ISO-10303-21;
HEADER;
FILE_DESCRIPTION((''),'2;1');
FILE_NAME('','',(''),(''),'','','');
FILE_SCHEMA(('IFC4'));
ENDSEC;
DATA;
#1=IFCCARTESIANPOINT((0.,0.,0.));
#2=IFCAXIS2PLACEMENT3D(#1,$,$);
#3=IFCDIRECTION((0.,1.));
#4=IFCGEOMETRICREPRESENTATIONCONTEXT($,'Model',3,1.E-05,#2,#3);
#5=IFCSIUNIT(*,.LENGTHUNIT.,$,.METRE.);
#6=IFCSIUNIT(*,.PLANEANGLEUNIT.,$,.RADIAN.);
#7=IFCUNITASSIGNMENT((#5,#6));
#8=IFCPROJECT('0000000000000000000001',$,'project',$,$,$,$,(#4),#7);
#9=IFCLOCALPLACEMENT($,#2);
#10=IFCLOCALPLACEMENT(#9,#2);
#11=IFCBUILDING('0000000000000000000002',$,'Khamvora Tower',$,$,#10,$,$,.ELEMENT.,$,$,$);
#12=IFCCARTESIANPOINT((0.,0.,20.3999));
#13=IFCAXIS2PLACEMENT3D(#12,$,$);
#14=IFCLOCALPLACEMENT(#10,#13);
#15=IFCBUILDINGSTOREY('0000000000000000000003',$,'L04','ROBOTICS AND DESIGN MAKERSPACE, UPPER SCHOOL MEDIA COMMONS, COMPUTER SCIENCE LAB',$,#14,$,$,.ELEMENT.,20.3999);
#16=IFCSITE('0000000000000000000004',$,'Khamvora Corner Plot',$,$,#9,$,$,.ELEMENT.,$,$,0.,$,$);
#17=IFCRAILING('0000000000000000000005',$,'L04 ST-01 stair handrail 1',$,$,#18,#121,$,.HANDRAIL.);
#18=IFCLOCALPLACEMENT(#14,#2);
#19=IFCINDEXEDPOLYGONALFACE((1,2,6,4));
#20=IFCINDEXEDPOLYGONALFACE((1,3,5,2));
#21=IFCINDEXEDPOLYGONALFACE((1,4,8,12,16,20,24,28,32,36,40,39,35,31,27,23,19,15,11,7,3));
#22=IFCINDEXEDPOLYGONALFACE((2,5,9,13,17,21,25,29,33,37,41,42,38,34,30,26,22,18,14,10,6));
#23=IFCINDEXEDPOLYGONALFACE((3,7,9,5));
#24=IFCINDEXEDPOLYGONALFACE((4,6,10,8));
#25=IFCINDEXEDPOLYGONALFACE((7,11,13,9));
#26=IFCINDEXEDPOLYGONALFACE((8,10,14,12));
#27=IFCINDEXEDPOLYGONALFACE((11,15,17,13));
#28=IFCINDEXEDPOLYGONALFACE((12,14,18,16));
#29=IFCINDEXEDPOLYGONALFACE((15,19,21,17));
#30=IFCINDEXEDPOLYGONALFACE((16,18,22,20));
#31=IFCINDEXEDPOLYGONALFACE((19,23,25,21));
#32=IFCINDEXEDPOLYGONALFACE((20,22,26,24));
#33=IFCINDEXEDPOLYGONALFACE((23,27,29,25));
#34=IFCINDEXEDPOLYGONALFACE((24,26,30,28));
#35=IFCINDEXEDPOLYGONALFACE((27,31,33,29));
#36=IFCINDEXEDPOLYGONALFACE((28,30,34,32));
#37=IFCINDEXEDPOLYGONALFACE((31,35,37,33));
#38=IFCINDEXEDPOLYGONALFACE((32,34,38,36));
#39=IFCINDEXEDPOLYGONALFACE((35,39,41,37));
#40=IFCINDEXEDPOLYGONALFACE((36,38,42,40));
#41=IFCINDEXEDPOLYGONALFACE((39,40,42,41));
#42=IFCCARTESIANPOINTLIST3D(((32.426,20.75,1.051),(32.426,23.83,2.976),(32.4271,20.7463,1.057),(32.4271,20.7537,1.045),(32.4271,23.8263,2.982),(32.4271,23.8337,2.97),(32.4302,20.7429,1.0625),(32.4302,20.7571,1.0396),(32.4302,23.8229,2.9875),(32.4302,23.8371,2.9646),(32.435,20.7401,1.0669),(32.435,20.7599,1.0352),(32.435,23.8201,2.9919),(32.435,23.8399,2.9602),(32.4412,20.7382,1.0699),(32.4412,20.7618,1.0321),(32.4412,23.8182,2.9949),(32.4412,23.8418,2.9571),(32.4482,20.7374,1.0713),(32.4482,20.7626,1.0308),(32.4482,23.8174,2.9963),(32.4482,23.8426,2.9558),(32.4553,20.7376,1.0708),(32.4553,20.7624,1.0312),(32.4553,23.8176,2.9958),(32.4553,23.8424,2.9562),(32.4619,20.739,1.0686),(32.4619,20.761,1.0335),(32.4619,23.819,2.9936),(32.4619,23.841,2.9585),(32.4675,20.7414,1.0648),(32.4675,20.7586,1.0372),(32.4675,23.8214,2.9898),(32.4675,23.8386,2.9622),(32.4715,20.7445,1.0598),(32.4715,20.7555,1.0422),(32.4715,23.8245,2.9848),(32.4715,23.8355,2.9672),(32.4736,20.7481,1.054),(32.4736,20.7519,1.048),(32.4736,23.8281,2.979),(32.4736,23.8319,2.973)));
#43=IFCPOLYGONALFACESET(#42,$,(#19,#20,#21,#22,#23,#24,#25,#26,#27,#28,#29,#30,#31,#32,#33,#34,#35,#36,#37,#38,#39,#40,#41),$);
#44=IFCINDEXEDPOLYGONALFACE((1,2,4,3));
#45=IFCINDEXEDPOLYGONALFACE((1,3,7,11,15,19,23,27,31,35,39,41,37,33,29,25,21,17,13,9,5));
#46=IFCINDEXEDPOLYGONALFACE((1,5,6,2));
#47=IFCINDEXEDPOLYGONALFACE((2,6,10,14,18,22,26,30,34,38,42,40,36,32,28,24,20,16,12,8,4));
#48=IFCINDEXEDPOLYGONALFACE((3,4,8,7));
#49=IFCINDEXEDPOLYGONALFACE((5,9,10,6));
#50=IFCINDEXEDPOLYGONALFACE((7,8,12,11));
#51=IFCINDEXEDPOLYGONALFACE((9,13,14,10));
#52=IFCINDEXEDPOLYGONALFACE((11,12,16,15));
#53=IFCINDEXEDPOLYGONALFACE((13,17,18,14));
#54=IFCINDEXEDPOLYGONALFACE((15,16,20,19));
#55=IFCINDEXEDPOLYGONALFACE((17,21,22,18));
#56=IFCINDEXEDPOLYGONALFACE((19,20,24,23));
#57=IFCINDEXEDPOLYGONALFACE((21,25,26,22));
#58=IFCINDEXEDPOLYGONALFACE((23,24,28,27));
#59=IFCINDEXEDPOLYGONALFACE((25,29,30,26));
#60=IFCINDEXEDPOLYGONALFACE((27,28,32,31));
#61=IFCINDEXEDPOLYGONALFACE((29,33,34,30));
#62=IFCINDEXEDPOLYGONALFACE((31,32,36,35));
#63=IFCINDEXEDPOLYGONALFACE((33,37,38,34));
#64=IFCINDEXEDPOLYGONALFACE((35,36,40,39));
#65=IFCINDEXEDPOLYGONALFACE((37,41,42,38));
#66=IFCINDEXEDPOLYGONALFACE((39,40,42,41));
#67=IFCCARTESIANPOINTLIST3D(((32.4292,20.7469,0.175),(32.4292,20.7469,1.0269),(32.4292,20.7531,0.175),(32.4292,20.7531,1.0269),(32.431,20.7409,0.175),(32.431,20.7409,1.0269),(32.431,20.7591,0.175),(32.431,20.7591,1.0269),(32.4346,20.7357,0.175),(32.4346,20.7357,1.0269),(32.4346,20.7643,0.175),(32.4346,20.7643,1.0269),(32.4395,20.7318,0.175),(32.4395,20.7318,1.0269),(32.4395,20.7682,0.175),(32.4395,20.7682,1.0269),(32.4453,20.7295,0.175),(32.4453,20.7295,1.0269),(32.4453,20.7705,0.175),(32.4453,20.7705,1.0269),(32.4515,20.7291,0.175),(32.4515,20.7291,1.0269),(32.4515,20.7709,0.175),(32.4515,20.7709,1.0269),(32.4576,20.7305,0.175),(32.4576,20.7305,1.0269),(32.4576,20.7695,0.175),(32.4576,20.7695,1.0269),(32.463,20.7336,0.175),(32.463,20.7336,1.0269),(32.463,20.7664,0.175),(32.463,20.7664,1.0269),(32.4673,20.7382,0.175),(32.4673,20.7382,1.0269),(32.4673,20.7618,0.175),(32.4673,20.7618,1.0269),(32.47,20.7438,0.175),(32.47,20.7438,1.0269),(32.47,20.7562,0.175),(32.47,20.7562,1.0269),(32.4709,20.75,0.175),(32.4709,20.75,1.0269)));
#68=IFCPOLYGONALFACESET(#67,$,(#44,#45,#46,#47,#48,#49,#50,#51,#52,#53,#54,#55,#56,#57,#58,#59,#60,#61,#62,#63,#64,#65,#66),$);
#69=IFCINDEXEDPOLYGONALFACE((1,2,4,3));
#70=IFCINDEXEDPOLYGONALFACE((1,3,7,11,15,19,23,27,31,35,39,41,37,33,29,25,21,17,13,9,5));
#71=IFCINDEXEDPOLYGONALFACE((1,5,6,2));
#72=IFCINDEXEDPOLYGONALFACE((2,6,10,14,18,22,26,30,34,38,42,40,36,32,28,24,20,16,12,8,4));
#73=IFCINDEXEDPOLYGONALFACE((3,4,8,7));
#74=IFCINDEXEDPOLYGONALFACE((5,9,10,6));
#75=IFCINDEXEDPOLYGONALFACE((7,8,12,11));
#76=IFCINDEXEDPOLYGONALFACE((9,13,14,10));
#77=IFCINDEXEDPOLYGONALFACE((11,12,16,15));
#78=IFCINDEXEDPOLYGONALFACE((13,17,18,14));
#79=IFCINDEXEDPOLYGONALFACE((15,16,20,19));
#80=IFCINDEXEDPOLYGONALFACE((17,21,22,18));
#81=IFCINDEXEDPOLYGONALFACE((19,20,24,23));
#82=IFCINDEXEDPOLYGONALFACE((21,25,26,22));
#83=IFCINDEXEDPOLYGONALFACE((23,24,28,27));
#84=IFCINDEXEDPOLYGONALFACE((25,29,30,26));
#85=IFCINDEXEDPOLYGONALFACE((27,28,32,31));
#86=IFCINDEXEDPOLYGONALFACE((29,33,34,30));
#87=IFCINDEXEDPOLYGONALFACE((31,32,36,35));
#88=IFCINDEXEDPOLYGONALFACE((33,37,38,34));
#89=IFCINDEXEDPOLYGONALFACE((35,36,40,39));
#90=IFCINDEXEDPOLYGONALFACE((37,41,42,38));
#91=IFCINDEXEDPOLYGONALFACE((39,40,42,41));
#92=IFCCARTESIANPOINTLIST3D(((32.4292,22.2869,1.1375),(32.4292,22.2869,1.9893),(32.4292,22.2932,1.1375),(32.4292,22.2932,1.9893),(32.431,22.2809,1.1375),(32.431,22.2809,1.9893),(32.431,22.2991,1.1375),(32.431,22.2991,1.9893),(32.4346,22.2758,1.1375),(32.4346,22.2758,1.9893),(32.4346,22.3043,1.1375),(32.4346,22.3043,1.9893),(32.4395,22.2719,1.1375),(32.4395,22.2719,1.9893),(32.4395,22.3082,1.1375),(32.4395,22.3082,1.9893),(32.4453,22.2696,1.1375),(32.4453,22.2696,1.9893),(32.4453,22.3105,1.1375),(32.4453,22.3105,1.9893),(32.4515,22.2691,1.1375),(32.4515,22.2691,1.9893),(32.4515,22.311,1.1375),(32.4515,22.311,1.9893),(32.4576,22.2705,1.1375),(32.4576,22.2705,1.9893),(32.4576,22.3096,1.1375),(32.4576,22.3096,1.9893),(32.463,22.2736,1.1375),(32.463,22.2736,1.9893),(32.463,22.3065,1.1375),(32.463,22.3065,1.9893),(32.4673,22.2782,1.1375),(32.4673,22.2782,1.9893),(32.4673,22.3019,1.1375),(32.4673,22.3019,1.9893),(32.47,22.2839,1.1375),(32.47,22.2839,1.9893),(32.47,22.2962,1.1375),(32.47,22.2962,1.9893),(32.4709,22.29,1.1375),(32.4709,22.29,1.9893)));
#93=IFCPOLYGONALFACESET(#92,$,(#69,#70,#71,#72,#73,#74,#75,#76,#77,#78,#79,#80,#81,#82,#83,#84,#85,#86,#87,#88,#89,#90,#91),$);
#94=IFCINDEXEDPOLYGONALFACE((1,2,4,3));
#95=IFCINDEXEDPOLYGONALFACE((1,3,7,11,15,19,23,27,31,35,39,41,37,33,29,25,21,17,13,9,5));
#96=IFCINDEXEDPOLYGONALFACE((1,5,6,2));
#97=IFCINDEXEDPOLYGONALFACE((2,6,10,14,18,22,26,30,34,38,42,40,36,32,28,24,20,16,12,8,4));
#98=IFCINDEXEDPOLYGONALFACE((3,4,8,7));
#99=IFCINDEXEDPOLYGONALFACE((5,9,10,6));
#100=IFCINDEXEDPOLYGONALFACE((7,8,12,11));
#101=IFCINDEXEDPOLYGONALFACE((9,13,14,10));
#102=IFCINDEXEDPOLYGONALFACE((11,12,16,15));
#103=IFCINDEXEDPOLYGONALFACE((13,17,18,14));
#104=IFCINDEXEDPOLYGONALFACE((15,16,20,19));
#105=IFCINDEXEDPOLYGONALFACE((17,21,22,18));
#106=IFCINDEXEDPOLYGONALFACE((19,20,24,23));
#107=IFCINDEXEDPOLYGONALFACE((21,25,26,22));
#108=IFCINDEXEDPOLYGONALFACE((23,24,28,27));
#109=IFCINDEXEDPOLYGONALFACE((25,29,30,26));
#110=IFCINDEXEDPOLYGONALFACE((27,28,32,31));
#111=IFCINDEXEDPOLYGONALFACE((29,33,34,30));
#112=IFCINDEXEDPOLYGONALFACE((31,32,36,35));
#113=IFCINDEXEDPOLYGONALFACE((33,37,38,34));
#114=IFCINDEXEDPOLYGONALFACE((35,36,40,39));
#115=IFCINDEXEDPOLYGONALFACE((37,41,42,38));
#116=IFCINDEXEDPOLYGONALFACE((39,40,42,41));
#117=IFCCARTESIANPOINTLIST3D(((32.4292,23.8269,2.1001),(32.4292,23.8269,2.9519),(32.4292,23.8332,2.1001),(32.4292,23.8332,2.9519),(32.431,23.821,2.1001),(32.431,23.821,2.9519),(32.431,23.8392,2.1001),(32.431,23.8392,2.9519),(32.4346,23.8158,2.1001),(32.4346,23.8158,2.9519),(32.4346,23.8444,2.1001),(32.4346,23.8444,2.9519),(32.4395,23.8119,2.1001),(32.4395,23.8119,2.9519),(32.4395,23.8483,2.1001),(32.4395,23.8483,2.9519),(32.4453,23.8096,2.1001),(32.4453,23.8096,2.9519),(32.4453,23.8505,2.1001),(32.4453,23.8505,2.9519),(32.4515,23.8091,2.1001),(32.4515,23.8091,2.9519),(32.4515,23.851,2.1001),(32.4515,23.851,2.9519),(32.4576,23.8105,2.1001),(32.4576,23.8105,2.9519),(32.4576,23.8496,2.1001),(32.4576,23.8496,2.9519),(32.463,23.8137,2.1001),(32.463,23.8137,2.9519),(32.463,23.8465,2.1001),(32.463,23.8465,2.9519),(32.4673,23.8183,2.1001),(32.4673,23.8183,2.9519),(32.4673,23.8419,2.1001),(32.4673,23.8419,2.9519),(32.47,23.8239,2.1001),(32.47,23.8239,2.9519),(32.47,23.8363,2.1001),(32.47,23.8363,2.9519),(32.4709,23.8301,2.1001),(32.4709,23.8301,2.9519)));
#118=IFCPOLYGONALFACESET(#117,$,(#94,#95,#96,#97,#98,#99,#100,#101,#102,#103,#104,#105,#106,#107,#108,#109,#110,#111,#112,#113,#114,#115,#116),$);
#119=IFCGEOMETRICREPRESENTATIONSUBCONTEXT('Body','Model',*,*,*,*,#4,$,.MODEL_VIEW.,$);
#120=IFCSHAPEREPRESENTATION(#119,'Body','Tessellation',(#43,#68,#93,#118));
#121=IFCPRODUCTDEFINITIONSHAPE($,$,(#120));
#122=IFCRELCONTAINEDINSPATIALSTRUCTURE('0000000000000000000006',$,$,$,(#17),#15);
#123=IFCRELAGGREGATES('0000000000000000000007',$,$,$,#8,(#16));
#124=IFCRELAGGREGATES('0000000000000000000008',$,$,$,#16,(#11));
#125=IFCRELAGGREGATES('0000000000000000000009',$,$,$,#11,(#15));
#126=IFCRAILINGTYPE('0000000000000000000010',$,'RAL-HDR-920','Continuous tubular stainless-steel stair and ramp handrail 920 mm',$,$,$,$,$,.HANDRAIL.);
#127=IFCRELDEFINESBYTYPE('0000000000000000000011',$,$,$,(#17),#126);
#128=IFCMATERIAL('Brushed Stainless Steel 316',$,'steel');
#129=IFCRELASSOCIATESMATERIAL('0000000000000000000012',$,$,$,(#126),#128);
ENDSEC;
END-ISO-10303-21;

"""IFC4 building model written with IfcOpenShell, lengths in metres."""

from ifc_helpers import new_model, si_unit, direction, frame, origin, origin_2d, place, context, subcontext, project, spatial, circle, extrude, material, type_object, element, save


model = new_model("IFC4")

# Units and contexts
model_context = context("Model", 3, precision=1e-05, world=origin(), true_north=direction((0.0, 1.0)))
body_context = subcontext(model_context, "Body", "Model", "MODEL_VIEW")
ifc_project = project(units=[si_unit("LENGTHUNIT", "METRE"), si_unit("PLANEANGLEUNIT", "RADIAN")], contexts=[model_context])

# Site, building, storey
site_placement = place(None, origin())
site = spatial("IfcSite", under=ifc_project, at=site_placement, Name="Khamvora Corner Plot", CompositionType="ELEMENT", RefElevation=0.0)
building_placement = place(site_placement, origin())
building = spatial("IfcBuilding", under=site, at=building_placement, Name="Khamvora Tower", CompositionType="ELEMENT")
storey_placement = place(building_placement, frame((0.0, 0.0, 20.3999)))
storey = spatial("IfcBuildingStorey", under=building, at=storey_placement, Name="L04", Description="ROBOTICS AND DESIGN MAKERSPACE, UPPER SCHOOL MEDIA COMMONS, COMPUTER SCIENCE LAB", CompositionType="ELEMENT", Elevation=20.3999)

# Railing
ifc_material_1 = material(Name="Brushed Stainless Steel 316", Category="steel")
railing_type_1 = type_object("IfcRailingType", Name="RAL-HDR-920", Description="Continuous tubular stainless-steel stair and ramp handrail 920 mm", PredefinedType="HANDRAIL", material=ifc_material_1)
railing_1_placement = place(storey_placement, frame((32.45, 20.75, 0.175)))
element("IfcRailing", 1, at=railing_1_placement, inside=storey, type_object=railing_type_1, Name="L04 ST-01 stair handrail 1", PredefinedType="HANDRAIL", context=body_context, shape_type="SweptSolid", body=[
    extrude(circle(Radius=0.0239, at=origin_2d()), frame((0.0, 0.0, 0.876), z_axis=(0.0, 0.847998, 0.529999), x_axis=(-1.0, 0.0, 0.0)), (0.0, 0.0, 1.0), 3.6321),
    extrude(circle(Radius=0.021, at=origin_2d()), origin(), (0.0, 0.0, 1.0), 0.8518),
    extrude(circle(Radius=0.021, at=origin_2d()), frame((0.0, 1.54, 0.9624)), (0.0, 0.0, 1.0), 0.8518),
    extrude(circle(Radius=0.021, at=origin_2d()), frame((0.0, 3.0801, 1.925)), (0.0, 0.0, 1.0), 0.8518),
])

save(model, "model.ifc")
